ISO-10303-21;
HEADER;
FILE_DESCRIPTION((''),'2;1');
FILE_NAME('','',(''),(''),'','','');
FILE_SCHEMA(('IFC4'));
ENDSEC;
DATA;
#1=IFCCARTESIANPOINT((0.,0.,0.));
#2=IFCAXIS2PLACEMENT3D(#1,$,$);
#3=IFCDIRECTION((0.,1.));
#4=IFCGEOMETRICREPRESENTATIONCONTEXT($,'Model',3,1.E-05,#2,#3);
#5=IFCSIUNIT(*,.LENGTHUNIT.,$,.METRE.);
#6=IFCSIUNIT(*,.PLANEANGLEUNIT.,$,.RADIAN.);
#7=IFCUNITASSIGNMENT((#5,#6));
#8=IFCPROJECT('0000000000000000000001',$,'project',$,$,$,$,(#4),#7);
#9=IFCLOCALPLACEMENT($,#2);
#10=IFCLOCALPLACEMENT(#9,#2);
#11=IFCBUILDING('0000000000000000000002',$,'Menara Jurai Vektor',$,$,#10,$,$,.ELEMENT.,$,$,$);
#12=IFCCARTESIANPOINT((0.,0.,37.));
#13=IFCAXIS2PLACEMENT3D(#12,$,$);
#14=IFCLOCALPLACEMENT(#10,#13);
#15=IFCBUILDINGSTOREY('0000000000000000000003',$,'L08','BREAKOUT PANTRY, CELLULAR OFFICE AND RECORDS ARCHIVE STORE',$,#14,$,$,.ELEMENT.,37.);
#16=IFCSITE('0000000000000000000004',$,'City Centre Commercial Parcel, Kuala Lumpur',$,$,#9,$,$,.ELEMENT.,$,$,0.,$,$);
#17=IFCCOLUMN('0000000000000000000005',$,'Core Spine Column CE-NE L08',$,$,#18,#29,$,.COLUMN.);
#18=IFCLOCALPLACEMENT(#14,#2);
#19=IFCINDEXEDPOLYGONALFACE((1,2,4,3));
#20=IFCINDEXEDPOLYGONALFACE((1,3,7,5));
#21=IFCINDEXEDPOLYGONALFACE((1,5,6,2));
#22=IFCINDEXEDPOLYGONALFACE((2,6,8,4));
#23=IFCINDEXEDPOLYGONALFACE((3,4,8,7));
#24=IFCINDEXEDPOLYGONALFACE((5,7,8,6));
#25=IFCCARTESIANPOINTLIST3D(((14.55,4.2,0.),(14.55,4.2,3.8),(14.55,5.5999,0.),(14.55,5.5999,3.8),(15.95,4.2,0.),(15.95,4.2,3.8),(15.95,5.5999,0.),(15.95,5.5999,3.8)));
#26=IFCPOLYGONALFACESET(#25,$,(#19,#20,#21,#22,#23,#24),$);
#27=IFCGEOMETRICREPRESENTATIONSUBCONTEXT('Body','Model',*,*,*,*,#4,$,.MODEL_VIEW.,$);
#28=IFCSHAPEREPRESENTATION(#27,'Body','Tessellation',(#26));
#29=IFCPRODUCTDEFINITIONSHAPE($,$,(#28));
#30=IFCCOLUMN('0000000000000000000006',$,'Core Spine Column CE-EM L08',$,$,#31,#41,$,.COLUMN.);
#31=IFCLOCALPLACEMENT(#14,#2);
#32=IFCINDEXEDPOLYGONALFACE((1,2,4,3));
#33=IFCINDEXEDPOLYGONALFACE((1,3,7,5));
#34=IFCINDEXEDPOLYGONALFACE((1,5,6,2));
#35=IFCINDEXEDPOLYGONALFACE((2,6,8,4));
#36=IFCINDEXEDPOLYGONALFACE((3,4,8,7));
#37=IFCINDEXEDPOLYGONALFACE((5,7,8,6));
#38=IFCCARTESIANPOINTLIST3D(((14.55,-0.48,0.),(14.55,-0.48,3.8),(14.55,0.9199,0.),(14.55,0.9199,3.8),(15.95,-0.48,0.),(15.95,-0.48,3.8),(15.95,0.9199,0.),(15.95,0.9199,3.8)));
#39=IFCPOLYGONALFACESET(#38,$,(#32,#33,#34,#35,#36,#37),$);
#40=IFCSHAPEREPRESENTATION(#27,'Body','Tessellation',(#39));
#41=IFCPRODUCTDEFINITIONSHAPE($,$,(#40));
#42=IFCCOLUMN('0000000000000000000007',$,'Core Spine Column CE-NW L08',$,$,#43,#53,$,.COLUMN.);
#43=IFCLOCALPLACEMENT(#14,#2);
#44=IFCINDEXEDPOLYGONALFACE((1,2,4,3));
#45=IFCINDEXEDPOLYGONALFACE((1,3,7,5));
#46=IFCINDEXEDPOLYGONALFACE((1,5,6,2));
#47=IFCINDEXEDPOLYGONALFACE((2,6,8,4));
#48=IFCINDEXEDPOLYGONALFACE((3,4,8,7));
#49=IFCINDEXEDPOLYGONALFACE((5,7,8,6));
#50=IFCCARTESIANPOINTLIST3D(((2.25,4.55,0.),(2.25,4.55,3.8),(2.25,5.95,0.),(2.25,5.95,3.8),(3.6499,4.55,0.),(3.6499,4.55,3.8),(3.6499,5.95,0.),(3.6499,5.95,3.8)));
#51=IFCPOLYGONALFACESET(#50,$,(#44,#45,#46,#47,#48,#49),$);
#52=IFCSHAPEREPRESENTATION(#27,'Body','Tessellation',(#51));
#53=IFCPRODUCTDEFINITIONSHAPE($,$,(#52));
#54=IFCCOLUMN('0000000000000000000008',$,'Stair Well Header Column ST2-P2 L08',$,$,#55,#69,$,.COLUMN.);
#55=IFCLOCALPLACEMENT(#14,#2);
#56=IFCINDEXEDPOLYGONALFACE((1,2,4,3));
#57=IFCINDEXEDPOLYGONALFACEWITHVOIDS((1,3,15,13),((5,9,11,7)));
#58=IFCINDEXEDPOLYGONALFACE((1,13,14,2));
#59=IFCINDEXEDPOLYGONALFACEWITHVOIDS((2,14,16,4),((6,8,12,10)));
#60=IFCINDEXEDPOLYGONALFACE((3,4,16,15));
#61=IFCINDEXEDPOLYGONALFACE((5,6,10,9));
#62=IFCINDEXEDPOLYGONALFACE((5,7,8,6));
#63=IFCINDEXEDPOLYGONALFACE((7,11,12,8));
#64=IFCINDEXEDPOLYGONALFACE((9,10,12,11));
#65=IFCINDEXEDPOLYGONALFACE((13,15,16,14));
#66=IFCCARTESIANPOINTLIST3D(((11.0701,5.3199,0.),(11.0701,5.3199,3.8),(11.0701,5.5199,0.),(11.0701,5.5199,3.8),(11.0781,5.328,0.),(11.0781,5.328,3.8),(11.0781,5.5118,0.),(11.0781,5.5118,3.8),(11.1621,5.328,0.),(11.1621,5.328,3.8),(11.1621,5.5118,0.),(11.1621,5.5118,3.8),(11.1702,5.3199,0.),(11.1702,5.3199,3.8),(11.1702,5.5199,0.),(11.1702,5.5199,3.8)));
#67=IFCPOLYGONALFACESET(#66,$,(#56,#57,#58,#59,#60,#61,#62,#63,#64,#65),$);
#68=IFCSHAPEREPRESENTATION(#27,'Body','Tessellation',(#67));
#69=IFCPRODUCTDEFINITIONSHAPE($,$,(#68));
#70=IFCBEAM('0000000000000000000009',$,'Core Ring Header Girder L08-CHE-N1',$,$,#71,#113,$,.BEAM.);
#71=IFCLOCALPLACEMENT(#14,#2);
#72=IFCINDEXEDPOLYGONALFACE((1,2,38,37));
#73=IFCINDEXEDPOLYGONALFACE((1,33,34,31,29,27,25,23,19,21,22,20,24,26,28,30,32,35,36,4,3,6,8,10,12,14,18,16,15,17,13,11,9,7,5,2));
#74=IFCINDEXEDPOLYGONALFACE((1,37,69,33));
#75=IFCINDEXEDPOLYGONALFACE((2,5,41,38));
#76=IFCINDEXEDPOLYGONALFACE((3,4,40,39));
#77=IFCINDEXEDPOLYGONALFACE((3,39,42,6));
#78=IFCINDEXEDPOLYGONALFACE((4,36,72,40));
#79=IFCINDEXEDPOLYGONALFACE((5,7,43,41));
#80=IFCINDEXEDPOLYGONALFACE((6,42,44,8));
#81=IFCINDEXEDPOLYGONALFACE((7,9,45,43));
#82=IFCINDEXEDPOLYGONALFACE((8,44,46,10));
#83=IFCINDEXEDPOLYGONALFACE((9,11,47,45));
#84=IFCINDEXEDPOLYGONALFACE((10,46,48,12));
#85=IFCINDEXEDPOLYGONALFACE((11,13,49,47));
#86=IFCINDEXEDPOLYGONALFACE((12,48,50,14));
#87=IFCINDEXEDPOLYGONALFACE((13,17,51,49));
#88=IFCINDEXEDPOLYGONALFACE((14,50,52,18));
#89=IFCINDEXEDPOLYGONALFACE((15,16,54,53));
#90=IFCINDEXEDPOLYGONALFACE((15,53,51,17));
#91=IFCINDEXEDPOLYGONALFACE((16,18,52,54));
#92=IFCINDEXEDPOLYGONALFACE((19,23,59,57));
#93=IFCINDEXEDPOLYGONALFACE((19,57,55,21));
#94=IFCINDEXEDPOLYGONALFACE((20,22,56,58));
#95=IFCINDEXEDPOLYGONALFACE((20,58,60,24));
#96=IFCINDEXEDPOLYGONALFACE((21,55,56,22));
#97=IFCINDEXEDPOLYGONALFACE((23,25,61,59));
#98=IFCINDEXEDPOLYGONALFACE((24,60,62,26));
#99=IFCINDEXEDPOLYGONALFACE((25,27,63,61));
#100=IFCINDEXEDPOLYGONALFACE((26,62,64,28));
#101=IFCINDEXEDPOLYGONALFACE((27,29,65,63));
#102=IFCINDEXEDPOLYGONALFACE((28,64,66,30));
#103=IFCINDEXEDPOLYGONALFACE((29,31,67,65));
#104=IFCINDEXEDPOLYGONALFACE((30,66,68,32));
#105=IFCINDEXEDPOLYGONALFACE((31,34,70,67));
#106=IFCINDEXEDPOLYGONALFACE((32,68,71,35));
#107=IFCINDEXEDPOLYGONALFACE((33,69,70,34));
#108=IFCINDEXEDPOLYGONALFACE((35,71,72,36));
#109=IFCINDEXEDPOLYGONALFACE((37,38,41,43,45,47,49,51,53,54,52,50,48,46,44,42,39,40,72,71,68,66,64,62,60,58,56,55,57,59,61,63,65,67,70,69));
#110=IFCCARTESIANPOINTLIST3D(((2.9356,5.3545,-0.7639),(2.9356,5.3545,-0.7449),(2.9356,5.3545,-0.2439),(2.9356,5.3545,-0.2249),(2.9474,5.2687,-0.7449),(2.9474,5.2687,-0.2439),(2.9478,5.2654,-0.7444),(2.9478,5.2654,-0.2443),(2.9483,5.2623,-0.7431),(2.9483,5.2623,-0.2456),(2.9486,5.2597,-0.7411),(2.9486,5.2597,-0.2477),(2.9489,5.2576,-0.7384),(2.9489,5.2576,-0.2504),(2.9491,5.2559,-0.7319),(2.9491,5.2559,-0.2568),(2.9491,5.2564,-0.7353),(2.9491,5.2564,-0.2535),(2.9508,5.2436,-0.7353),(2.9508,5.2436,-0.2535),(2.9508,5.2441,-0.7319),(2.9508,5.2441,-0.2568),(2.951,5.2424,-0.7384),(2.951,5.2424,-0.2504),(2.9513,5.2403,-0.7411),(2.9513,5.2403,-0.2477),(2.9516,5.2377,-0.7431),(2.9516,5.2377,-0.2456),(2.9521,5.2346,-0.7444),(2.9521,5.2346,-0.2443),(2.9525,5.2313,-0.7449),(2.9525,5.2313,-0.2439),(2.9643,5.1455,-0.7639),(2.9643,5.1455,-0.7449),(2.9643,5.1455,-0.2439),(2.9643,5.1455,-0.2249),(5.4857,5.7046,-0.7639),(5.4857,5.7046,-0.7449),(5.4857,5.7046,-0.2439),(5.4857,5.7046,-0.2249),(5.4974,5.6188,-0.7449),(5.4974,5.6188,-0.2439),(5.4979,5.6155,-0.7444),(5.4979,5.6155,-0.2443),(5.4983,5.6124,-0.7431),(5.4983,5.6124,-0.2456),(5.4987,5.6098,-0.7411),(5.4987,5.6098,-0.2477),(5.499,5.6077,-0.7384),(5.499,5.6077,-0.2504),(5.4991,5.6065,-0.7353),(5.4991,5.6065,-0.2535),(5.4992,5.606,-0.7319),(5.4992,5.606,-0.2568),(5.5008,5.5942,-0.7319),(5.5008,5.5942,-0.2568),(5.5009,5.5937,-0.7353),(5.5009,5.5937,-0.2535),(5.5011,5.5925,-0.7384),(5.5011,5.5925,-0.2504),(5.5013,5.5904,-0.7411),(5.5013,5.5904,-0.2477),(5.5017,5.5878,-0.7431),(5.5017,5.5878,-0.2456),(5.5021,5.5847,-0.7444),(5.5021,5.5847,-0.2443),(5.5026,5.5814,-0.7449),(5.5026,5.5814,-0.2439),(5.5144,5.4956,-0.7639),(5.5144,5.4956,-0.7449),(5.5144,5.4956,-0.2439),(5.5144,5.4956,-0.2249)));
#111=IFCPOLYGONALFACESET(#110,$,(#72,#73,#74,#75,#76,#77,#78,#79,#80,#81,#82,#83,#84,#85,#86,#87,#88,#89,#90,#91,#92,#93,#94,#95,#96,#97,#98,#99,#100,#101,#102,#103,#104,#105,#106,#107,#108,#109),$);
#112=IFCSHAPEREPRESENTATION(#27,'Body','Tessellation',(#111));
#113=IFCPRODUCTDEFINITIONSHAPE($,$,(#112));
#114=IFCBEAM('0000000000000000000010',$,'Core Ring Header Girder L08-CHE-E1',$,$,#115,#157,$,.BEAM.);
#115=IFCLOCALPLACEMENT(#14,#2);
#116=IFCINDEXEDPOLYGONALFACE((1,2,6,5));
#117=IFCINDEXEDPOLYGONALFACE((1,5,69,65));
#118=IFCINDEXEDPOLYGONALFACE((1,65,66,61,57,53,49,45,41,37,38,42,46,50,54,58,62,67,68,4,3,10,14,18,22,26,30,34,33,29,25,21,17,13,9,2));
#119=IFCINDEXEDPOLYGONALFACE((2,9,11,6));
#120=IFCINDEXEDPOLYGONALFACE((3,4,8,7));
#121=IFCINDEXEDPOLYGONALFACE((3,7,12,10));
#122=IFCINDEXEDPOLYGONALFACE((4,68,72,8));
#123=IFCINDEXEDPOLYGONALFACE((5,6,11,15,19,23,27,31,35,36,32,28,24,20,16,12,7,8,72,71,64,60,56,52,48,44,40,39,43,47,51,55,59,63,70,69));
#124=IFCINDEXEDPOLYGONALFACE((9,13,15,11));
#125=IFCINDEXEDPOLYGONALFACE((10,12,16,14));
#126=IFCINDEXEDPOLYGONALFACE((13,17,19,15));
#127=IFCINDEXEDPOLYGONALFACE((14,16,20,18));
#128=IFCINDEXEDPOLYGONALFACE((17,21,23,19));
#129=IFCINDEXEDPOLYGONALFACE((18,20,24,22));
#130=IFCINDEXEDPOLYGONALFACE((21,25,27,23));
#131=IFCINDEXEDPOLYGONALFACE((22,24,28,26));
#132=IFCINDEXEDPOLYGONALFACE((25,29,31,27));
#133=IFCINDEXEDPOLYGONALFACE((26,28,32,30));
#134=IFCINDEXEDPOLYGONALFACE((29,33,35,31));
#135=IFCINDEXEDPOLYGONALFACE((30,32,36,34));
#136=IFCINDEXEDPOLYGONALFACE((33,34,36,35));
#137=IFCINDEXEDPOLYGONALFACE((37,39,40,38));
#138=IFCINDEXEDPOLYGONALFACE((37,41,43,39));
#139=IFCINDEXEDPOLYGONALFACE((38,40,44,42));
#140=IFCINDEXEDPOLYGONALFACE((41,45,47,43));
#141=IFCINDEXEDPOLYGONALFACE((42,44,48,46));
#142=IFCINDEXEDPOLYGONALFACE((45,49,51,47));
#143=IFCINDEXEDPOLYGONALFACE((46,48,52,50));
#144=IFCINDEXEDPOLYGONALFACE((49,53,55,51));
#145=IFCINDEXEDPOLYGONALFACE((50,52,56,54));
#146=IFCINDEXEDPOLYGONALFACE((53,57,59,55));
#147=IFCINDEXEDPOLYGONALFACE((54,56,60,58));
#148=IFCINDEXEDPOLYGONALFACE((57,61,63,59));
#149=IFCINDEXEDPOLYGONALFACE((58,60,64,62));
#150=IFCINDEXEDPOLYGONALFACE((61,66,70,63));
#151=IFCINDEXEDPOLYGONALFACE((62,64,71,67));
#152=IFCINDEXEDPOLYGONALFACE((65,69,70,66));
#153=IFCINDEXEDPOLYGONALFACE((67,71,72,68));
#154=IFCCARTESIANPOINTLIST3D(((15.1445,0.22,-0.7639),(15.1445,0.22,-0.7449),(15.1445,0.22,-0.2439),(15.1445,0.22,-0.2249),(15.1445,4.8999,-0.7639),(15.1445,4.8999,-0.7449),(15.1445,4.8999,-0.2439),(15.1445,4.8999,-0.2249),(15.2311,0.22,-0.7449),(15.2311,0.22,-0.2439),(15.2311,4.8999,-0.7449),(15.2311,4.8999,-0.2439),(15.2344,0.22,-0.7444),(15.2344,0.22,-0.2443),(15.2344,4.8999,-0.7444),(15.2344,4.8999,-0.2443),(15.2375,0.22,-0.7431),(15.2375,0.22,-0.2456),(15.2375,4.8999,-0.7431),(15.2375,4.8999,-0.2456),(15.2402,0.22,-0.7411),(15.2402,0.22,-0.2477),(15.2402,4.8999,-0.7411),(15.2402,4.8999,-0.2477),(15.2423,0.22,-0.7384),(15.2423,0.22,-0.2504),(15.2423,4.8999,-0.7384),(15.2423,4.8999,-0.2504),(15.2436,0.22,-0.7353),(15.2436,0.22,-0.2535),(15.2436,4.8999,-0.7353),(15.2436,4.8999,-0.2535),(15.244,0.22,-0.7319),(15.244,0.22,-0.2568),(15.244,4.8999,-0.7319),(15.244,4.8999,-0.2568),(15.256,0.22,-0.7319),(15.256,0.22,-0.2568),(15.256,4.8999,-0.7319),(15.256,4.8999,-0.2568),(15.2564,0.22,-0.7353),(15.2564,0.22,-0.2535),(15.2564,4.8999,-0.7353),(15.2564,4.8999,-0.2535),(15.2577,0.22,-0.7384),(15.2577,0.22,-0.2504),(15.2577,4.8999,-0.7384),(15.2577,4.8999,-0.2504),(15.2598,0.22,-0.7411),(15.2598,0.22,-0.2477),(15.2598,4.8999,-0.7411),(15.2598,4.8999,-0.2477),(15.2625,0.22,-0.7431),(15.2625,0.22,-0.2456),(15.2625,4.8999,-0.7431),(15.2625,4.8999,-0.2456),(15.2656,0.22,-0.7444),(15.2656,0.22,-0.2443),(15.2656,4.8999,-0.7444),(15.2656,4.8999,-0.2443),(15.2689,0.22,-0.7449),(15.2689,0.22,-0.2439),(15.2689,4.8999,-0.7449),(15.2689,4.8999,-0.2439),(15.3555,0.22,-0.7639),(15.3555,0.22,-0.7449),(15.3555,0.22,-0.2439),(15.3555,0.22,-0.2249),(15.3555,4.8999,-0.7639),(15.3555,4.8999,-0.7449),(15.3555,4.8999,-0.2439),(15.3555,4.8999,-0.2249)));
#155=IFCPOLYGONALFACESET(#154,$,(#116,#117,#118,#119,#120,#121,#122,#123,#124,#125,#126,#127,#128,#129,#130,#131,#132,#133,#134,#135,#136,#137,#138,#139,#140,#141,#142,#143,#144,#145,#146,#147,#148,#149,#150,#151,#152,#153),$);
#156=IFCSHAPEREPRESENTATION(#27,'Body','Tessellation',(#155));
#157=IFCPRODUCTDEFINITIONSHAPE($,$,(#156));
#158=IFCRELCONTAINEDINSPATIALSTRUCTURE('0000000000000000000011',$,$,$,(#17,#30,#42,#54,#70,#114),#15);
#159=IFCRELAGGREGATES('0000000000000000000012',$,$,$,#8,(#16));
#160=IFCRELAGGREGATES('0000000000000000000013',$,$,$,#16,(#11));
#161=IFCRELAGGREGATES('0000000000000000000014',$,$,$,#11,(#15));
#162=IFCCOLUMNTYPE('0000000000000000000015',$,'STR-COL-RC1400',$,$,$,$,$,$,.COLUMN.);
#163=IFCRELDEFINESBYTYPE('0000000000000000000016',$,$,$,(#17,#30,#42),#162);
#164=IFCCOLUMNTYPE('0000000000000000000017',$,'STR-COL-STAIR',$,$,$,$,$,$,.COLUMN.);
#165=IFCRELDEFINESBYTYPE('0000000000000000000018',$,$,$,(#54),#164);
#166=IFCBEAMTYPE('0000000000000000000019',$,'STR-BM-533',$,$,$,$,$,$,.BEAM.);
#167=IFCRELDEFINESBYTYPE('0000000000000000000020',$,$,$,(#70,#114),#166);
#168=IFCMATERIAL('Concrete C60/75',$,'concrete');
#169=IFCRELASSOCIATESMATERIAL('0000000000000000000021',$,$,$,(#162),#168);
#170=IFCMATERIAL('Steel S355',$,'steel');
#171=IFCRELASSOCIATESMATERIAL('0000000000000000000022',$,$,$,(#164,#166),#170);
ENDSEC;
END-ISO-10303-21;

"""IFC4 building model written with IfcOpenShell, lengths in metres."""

from ifc_helpers import new_model, si_unit, direction, frame, origin, origin_2d, place, context, subcontext, project, spatial, rectangle, hollow_rectangle, i_section, extrude, material, material_profile, profile_set, type_object, element, save


model = new_model("IFC4")

# Units and contexts
model_context = context("Model", 3, precision=1e-05, world=origin(), true_north=direction((0.0, 1.0)))
body_context = subcontext(model_context, "Body", "Model", "MODEL_VIEW")
ifc_project = project(units=[si_unit("LENGTHUNIT", "METRE"), si_unit("PLANEANGLEUNIT", "RADIAN")], contexts=[model_context])

# Site, building, storey
site_placement = place(None, origin())
site = spatial("IfcSite", under=ifc_project, at=site_placement, Name="City Centre Commercial Parcel, Kuala Lumpur", CompositionType="ELEMENT", RefElevation=0.0)
building_placement = place(site_placement, origin())
building = spatial("IfcBuilding", under=site, at=building_placement, Name="Menara Jurai Vektor", CompositionType="ELEMENT")
storey_placement = place(building_placement, frame((0.0, 0.0, 37.0)))
storey = spatial("IfcBuildingStorey", under=building, at=storey_placement, Name="L08", Description="BREAKOUT PANTRY, CELLULAR OFFICE AND RECORDS ARCHIVE STORE", CompositionType="ELEMENT", Elevation=37.0)

# Columns
ifc_material_1 = material(Name="Concrete C60/75", Category="concrete")
ifc_material_profile_1 = material_profile(ifc_material_1, rectangle(XDim=1.3999, YDim=1.3999, at=origin_2d()), Name="RC 1400x1400")
ifc_profile_set_1 = profile_set([ifc_material_profile_1], Name="Concrete C60/75")
column_type_1 = type_object("IfcColumnType", Name="STR-COL-RC1400", PredefinedType="COLUMN", material=ifc_profile_set_1)
for number, where, z_axis, x_axis, name in (
    (1, (15.25, 4.8999, 0.0), (0.0, 0.0, 1.0), (1.0, 0.0, 0.0), "Core Spine Column CE-NE L08"),
    (2, (15.25, 0.22, 0.0), (0.0, 0.0, 1.0), (1.0, 0.0, 0.0), "Core Spine Column CE-EM L08"),
    (3, (2.95, 5.25, 0.0), (0.0, 0.0, 1.0), (1.0, 0.0, 0.0), "Core Spine Column CE-NW L08"),
):
    element("IfcColumn", number, at=place(storey_placement, frame(where, z_axis=z_axis, x_axis=x_axis)), inside=storey, type_object=column_type_1, Name=name, PredefinedType="COLUMN", context=body_context, shape_type="SweptSolid", body=[
        extrude(rectangle(XDim=1.3999, YDim=1.3999, at=origin_2d()), origin(), (0.0, 0.0, 1.0), 3.8),
    ])
ifc_material_2 = material(Name="Steel S355", Category="steel")
ifc_material_profile_2 = material_profile(ifc_material_2, hollow_rectangle(XDim=0.1001, YDim=0.2, WallThickness=0.0081, at=origin_2d()), Name="RHS 200x100x8")
ifc_profile_set_2 = profile_set([ifc_material_profile_2], Name="Steel S355")
column_type_2 = type_object("IfcColumnType", Name="STR-COL-STAIR", PredefinedType="COLUMN", material=ifc_profile_set_2)
column_placement = place(storey_placement, frame((11.1201, 5.4199, 0.0), z_axis=(0.0, 0.0, 1.0), x_axis=(1.0, 0.0, 0.0)))
element("IfcColumn", 4, at=column_placement, inside=storey, type_object=column_type_2, Name="Stair Well Header Column ST2-P2 L08", PredefinedType="COLUMN", context=body_context, shape_type="SweptSolid", body=[
    extrude(hollow_rectangle(XDim=0.1001, YDim=0.2, WallThickness=0.0081, at=origin_2d()), origin(), (0.0, 0.0, 1.0), 3.8),
])

# Beams
ifc_material_profile_3 = material_profile(ifc_material_2, i_section(OverallWidth=0.2109, OverallDepth=0.5391, WebThickness=0.012, FlangeThickness=0.019, FilletRadius=0.0129, at=origin_2d()), Name="UKB 533x210x109")
ifc_profile_set_3 = profile_set([ifc_material_profile_3], Name="Steel S355")
beam_type_1 = type_object("IfcBeamType", Name="STR-BM-533", PredefinedType="BEAM", material=ifc_profile_set_3)
beam_1_placement = place(storey_placement, frame((2.95, 5.25, -0.4944), z_axis=(0.990707, 0.136015, 0.0), x_axis=(-0.136015, 0.990707, 0.0)))
element("IfcBeam", 5, at=beam_1_placement, inside=storey, type_object=beam_type_1, Name="Core Ring Header Girder L08-CHE-N1", PredefinedType="BEAM", context=body_context, shape_type="SweptSolid", body=[
    extrude(i_section(OverallWidth=0.2109, OverallDepth=0.5391, WebThickness=0.012, FlangeThickness=0.019, FilletRadius=0.0129, at=origin_2d()), origin(), (0.0, 0.0, 1.0), 2.574),
])
beam_2_placement = place(storey_placement, frame((15.25, 0.22, -0.4944), z_axis=(0.0, 1.0, 0.0), x_axis=(-1.0, 0.0, 0.0)))
element("IfcBeam", 6, at=beam_2_placement, inside=storey, type_object=beam_type_1, Name="Core Ring Header Girder L08-CHE-E1", PredefinedType="BEAM", context=body_context, shape_type="SweptSolid", body=[
    extrude(i_section(OverallWidth=0.2109, OverallDepth=0.5391, WebThickness=0.012, FlangeThickness=0.019, FilletRadius=0.0129, at=origin_2d()), origin(), (0.0, 0.0, 1.0), 4.6799),
])

save(model, "model.ifc")
